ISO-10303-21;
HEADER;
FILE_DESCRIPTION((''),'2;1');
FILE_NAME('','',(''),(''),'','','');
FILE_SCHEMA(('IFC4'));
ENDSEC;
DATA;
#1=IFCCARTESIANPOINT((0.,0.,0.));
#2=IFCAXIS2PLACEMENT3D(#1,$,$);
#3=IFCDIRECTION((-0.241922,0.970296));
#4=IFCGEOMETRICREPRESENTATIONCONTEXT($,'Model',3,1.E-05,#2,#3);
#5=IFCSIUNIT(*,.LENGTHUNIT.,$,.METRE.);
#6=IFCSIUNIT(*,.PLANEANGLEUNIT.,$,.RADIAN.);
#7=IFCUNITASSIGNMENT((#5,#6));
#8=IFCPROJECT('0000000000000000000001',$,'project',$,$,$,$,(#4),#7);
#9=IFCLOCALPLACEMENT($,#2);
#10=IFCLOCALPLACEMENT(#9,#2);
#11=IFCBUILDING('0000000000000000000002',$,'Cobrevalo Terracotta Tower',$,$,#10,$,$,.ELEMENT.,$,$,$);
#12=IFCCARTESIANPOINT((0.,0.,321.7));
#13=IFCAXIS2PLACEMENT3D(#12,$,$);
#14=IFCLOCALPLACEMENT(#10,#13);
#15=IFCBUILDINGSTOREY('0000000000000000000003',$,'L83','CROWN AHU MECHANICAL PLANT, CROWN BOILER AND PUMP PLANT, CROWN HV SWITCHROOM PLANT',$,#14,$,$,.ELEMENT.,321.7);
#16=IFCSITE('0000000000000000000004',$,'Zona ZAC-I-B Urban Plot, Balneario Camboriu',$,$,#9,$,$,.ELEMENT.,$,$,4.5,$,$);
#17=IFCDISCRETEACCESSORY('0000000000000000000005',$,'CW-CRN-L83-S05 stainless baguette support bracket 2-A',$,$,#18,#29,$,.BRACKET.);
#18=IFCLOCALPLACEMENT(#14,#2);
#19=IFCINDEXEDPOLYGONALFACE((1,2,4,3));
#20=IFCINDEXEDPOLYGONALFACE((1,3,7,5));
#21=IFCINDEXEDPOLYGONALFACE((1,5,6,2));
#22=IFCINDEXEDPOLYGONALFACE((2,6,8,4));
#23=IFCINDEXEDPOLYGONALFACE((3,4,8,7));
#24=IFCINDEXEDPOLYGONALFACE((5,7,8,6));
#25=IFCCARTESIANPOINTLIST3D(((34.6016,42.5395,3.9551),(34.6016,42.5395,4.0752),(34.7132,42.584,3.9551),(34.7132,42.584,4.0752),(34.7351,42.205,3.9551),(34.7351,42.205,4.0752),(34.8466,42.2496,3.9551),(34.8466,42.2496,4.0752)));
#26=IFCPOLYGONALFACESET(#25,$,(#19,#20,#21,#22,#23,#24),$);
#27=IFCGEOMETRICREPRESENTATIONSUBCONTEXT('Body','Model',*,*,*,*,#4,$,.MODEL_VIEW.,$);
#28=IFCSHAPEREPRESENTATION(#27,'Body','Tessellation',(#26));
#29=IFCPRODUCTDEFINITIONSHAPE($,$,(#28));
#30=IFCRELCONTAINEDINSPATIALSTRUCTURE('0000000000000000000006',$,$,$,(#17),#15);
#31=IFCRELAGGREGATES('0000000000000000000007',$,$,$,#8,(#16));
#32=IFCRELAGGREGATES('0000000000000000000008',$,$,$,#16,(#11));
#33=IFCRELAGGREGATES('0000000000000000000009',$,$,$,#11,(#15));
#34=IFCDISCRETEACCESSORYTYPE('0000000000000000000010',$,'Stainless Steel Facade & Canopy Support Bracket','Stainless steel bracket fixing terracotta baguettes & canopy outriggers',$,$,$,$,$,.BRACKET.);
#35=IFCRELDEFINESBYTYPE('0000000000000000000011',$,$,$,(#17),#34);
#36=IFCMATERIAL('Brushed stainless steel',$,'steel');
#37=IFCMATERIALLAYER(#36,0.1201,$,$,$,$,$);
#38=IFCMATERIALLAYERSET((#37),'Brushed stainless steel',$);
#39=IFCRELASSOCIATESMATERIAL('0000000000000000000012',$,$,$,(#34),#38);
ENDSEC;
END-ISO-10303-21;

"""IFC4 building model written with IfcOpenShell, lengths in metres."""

from ifc_helpers import new_model, si_unit, direction, frame, origin, origin_2d, place, context, subcontext, project, spatial, rectangle, extrude, source, transform, mapped, material, layer, layer_set, type_object, element, save


model = new_model("IFC4")

# Units and contexts
model_context = context("Model", 3, precision=1e-05, world=origin(), true_north=direction((-0.241922, 0.970296)))
body_context = subcontext(model_context, "Body", "Model", "MODEL_VIEW")
ifc_project = project(units=[si_unit("LENGTHUNIT", "METRE"), si_unit("PLANEANGLEUNIT", "RADIAN")], contexts=[model_context])

# Site, building, storey
site_placement = place(None, origin())
site = spatial("IfcSite", under=ifc_project, at=site_placement, Name="Zona ZAC-I-B Urban Plot, Balneario Camboriu", CompositionType="ELEMENT", RefElevation=4.5)
building_placement = place(site_placement, origin())
building = spatial("IfcBuilding", under=site, at=building_placement, Name="Cobrevalo Terracotta Tower", CompositionType="ELEMENT")
storey_placement = place(building_placement, frame((0.0, 0.0, 321.7)))
storey = spatial("IfcBuildingStorey", under=building, at=storey_placement, Name="L83", Description="CROWN AHU MECHANICAL PLANT, CROWN BOILER AND PUMP PLANT, CROWN HV SWITCHROOM PLANT", CompositionType="ELEMENT", Elevation=321.7)

# Discrete accessory
ifc_material_1 = material(Name="Brushed stainless steel", Category="steel")
ifc_layer_1 = layer(ifc_material_1, 0.1201)
ifc_layer_set_1 = layer_set([ifc_layer_1], Name="Brushed stainless steel")
discrete_accessory_type = type_object("IfcDiscreteAccessoryType", Name="Stainless Steel Facade & Canopy Support Bracket", Description="Stainless steel bracket fixing terracotta baguettes & canopy outriggers", PredefinedType="BRACKET", material=ifc_layer_set_1)
shared_shape_1 = source(origin(), body_context, "Body", "SweptSolid", [
    extrude(rectangle(XDim=0.1201, YDim=0.3601, at=origin_2d()), origin(), (0.0, 0.0, 1.0), 0.1201),
])
for number, where, z_axis, x_axis, name in (
    (1, (34.7241, 42.3945, 3.9551), (0.0, 0.0, 1.0), (-0.928769, -0.37066, 0.0), "CW-CRN-L83-S05 stainless baguette support bracket 2-A"),
):
    element("IfcDiscreteAccessory", number, at=place(storey_placement, frame(where, z_axis=z_axis, x_axis=x_axis)), inside=storey, type_object=discrete_accessory_type, Name=name, PredefinedType="BRACKET", context=body_context, shape_type="MappedRepresentation", body=[
        mapped(shared_shape_1, transform((0.0, 0.0, 0.0), scale=1.0)),
    ])

save(model, "model.ifc")
